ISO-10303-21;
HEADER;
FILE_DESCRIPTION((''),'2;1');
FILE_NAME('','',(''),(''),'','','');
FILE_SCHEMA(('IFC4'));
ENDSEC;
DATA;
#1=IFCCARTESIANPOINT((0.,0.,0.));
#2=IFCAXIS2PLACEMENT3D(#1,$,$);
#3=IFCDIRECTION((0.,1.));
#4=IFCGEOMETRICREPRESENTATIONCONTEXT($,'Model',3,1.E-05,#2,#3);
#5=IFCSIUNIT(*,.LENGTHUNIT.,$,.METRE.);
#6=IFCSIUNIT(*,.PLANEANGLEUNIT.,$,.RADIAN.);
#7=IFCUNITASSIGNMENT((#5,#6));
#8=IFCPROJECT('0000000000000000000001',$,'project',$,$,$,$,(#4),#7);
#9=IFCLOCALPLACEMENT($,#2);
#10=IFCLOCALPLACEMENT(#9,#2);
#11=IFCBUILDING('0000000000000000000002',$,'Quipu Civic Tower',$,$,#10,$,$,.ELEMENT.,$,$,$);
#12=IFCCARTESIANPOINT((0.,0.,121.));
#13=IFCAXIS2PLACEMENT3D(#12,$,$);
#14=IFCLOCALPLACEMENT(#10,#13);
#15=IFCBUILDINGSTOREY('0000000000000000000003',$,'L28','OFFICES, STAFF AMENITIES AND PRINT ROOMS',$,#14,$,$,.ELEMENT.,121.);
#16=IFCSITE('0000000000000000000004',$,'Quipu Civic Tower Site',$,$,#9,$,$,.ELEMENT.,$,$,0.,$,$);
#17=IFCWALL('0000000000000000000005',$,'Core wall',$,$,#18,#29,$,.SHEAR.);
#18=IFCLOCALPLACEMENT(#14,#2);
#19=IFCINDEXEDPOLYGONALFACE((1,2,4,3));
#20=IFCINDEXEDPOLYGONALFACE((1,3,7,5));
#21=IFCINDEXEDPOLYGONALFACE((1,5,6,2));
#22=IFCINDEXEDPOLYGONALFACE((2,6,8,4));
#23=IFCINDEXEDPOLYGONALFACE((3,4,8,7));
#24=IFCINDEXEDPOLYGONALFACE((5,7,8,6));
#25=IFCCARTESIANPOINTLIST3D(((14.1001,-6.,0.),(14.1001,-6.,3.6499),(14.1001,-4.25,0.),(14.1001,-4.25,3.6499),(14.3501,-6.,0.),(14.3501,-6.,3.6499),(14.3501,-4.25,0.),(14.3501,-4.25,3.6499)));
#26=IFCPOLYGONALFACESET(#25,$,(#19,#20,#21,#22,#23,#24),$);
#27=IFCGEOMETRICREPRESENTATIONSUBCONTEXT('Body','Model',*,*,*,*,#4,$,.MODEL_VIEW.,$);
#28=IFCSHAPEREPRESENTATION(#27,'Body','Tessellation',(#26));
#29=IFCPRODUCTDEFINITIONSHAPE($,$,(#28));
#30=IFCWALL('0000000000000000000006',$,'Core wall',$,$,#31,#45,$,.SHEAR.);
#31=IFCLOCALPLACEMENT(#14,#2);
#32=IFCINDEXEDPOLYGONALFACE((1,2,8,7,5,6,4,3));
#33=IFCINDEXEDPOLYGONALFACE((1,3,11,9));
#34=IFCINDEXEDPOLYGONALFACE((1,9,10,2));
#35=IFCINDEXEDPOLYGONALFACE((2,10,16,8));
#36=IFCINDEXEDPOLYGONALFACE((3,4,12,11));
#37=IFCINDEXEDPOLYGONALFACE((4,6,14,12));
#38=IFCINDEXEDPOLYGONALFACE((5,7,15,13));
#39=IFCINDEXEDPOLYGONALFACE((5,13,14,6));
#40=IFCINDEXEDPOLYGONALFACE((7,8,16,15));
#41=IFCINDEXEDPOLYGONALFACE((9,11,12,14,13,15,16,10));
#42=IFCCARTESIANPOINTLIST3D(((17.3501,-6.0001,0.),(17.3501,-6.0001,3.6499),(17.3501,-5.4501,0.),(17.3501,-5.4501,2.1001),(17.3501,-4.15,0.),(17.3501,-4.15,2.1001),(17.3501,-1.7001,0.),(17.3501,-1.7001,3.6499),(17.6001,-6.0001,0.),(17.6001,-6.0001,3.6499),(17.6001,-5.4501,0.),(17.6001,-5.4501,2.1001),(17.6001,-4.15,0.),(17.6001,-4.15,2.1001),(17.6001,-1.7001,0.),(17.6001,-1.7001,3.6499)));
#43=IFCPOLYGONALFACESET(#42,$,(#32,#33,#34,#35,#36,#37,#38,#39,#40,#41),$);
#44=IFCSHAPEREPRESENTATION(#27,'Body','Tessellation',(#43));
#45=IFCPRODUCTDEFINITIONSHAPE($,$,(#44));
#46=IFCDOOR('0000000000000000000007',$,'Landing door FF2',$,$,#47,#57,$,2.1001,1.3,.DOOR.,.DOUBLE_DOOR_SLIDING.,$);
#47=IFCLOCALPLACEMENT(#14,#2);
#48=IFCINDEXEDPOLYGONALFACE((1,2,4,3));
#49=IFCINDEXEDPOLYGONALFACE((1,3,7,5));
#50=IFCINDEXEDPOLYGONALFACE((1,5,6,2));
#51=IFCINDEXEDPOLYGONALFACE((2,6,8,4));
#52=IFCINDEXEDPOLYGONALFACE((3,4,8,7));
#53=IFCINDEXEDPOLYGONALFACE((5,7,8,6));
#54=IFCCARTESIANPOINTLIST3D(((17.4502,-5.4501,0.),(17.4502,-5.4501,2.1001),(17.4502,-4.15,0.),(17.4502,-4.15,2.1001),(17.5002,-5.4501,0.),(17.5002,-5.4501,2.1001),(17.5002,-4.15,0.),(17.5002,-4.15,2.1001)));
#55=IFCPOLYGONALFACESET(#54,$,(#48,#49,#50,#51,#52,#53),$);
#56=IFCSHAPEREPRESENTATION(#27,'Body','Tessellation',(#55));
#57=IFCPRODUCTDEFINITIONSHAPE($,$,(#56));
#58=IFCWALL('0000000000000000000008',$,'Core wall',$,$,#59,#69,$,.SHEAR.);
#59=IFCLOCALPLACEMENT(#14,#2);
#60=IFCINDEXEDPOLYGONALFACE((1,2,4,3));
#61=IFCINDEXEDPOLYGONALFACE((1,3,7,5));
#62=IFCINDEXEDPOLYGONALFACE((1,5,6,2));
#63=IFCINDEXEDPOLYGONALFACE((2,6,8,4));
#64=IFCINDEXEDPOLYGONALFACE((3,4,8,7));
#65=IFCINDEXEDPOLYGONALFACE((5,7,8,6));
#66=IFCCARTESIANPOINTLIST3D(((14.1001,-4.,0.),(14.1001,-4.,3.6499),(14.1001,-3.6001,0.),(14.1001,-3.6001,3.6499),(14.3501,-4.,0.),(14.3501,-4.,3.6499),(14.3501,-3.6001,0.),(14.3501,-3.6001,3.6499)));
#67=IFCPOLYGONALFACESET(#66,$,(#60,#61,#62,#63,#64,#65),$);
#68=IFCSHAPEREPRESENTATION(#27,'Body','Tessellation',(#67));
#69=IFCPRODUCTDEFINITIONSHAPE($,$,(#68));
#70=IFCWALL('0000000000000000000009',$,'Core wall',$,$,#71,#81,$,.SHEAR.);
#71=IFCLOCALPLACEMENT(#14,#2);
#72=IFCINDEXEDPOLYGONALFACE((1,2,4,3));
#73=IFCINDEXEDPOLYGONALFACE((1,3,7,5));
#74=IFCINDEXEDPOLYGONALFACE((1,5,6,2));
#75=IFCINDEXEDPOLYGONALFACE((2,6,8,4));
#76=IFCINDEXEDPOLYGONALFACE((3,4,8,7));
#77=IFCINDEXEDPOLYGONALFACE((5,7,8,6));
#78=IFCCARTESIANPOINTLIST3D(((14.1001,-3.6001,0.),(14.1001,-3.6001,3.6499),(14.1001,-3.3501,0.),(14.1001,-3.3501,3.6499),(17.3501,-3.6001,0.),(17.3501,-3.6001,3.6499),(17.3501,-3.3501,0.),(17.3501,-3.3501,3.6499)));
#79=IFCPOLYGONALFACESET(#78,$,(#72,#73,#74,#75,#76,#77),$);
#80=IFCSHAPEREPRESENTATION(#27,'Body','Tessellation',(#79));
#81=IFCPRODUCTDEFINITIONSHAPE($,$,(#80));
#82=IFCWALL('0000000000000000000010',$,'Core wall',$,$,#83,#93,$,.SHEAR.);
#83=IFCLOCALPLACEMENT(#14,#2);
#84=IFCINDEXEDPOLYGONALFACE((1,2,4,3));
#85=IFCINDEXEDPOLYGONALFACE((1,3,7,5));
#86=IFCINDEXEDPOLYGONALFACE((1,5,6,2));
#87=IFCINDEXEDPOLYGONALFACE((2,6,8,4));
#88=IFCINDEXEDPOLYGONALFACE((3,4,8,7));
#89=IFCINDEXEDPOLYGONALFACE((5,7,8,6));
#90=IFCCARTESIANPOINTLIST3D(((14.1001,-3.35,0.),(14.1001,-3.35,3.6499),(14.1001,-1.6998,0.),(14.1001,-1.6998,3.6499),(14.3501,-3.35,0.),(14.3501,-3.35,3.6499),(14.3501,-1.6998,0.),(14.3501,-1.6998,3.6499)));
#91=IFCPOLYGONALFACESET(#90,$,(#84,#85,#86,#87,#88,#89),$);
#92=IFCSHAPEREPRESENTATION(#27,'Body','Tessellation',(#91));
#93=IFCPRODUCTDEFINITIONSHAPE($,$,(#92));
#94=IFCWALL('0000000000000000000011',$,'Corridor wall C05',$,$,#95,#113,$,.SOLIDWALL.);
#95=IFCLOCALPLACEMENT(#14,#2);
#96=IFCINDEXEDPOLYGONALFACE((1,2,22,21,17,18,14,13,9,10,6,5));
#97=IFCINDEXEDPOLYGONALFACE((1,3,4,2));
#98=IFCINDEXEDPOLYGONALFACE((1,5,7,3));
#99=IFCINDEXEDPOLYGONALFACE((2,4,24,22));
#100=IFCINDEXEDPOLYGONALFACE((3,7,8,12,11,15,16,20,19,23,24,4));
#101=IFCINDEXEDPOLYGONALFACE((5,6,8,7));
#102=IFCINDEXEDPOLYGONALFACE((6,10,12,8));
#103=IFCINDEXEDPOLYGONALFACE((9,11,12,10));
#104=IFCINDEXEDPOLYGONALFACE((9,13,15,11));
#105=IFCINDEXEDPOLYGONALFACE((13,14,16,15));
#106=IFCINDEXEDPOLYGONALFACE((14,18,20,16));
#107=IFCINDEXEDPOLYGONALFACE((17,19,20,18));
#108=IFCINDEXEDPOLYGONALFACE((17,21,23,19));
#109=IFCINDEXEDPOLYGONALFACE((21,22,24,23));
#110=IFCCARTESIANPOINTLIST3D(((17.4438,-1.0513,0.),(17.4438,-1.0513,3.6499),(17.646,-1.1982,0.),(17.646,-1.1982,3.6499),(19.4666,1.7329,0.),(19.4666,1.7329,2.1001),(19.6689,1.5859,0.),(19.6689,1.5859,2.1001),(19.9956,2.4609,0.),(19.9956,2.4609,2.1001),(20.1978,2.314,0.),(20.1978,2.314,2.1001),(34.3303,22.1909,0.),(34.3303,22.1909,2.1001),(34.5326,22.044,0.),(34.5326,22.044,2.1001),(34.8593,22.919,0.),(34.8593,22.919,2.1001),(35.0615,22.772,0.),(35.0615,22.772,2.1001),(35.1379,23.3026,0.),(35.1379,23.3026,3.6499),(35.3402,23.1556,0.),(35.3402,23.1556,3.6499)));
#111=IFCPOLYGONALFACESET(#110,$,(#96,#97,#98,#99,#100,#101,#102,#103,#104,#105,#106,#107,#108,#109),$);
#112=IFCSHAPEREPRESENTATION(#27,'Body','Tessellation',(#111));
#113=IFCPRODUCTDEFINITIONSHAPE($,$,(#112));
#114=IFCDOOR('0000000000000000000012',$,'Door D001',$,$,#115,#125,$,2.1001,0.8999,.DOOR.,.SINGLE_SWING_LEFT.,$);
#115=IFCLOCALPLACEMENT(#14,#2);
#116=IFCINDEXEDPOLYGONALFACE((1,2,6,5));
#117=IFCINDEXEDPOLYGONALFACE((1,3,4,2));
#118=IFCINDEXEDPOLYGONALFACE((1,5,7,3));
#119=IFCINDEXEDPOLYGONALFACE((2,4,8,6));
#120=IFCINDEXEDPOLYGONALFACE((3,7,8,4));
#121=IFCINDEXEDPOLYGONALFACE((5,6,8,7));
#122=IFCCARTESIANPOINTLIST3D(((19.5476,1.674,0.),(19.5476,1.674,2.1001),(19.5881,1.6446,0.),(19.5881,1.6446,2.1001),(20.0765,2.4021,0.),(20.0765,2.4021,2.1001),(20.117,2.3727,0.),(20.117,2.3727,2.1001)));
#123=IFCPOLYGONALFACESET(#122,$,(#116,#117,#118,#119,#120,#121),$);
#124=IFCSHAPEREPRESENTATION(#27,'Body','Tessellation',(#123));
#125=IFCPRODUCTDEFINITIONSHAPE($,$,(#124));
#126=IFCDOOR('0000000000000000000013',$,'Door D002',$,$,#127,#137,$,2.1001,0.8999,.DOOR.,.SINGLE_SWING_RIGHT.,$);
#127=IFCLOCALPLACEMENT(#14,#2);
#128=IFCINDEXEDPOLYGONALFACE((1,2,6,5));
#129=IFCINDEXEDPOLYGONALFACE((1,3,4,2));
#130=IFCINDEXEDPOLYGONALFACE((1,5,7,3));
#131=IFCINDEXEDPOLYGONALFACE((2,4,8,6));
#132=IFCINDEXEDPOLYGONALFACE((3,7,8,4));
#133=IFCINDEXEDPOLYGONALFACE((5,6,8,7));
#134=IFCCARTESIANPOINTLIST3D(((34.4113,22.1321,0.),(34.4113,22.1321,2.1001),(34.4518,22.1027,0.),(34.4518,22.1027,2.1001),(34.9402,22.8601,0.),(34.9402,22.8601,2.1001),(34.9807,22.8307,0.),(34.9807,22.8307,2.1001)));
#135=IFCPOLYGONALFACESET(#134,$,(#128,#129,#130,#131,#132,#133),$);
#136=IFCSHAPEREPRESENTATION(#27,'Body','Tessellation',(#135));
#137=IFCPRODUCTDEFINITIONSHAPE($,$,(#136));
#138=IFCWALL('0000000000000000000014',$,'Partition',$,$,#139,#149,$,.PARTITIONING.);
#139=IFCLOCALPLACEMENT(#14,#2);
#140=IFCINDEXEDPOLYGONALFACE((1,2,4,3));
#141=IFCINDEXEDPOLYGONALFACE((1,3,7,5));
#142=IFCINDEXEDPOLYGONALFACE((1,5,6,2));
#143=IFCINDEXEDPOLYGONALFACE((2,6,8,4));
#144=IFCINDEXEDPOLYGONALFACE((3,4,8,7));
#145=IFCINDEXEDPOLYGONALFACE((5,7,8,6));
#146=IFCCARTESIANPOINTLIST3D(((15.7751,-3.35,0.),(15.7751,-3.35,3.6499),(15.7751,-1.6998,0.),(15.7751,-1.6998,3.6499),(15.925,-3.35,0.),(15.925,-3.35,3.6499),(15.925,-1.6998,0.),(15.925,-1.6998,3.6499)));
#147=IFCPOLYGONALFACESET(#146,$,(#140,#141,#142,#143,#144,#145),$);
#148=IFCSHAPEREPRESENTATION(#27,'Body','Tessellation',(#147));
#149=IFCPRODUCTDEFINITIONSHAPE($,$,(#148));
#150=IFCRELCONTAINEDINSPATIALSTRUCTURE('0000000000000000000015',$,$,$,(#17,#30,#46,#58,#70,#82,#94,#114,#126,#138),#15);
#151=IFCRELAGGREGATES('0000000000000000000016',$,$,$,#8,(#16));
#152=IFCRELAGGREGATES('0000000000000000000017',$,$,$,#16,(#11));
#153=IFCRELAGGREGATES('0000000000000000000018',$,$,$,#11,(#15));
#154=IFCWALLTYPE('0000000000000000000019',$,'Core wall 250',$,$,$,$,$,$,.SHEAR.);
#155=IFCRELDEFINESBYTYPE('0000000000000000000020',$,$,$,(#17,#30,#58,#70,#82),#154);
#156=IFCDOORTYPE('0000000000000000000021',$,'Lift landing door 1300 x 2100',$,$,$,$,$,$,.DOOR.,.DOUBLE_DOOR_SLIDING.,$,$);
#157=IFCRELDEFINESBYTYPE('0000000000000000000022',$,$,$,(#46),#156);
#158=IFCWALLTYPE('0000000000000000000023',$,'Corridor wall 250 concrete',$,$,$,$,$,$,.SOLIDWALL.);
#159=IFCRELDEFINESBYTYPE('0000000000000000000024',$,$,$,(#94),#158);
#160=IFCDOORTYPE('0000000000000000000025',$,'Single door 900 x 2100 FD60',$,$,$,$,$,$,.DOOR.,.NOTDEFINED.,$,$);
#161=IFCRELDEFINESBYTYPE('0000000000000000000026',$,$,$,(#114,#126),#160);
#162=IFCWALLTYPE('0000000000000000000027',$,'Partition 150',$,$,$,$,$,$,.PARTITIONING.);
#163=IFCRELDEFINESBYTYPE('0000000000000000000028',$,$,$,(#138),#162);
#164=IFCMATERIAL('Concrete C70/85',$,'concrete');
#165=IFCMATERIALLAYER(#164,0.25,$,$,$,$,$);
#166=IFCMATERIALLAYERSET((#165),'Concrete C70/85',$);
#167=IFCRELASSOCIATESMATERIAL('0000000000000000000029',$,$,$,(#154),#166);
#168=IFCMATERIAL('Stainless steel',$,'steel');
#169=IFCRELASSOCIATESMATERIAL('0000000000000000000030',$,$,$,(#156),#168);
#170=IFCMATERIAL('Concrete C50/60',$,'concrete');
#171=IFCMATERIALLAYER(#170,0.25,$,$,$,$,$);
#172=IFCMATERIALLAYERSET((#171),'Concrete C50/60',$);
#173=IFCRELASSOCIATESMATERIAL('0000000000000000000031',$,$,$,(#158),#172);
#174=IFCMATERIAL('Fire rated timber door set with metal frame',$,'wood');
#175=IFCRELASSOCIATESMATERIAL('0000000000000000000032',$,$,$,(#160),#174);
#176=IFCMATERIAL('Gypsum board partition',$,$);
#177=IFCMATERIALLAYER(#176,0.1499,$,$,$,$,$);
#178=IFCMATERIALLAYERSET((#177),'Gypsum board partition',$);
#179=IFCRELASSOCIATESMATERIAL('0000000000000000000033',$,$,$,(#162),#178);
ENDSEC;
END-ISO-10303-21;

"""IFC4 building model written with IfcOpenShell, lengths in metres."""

from ifc_helpers import new_model, si_unit, direction, frame, frame_2d, origin, place, context, subcontext, project, spatial, rectangle, extrude, material, layer, layer_set, type_object, element, fill, save


model = new_model("IFC4")

# Units and contexts
model_context = context("Model", 3, precision=1e-05, world=origin(), true_north=direction((0.0, 1.0)))
body_context = subcontext(model_context, "Body", "Model", "MODEL_VIEW")
ifc_project = project(units=[si_unit("LENGTHUNIT", "METRE"), si_unit("PLANEANGLEUNIT", "RADIAN")], contexts=[model_context])

# Site, building, storey
site_placement = place(None, origin())
site = spatial("IfcSite", under=ifc_project, at=site_placement, Name="Quipu Civic Tower Site", CompositionType="ELEMENT", RefElevation=0.0)
building_placement = place(site_placement, origin())
building = spatial("IfcBuilding", under=site, at=building_placement, Name="Quipu Civic Tower", CompositionType="ELEMENT")
storey_placement = place(building_placement, frame((0.0, 0.0, 121.0)))
storey = spatial("IfcBuildingStorey", under=building, at=storey_placement, Name="L28", Description="OFFICES, STAFF AMENITIES AND PRINT ROOMS", CompositionType="ELEMENT", Elevation=121.0)

# Shared definitions
ifc_material_1 = material(Name="Concrete C70/85", Category="concrete")
ifc_layer_1 = layer(ifc_material_1, 0.25)
ifc_layer_set_1 = layer_set([ifc_layer_1], Name="Concrete C70/85")
wall_type_1 = type_object("IfcWallType", Name="Core wall 250", PredefinedType="SHEAR", material=ifc_layer_set_1)

# Wall
wall_1_placement = place(storey_placement, frame((14.2251, -6.0, 0.0), z_axis=(0.0, 0.0, 1.0), x_axis=(0.0, 1.0, 0.0)))
element("IfcWall", 1, at=wall_1_placement, inside=storey, type_object=wall_type_1, Name="Core wall", PredefinedType="SHEAR", context=body_context, shape_type="SweptSolid", body=[
    extrude(rectangle(XDim=1.75, YDim=0.25, at=frame_2d((0.875, 0.0))), origin(), (0.0, 0.0, 1.0), 3.6499),
])

# Wall, opening, door
wall_2_placement = place(storey_placement, frame((17.4751, -6.0, 0.0), z_axis=(0.0, 0.0, 1.0), x_axis=(0.0, 1.0, 0.0)))
wall_2 = element("IfcWall", 2, at=wall_2_placement, inside=storey, type_object=wall_type_1, Name="Core wall", PredefinedType="SHEAR", context=body_context, shape_type="SweptSolid", body=[
    extrude(rectangle(XDim=4.3, YDim=0.25, at=frame_2d((2.1499, 0.0))), origin(), (0.0, 0.0, 1.0), 3.6499),
])
opening_1_placement = place(wall_2_placement, frame((0.55, 0.0, 0.0)))
opening_1 = element("IfcOpeningElement", 3, at=opening_1_placement, cuts=wall_2, PredefinedType="OPENING", context=body_context, shape_type="SweptSolid", body=[
    extrude(rectangle(XDim=1.3, YDim=2.1001, at=frame_2d((0.6499, 1.05))), frame((0.0, 0.135, 0.0), z_axis=(0.0, -1.0, 0.0), x_axis=(1.0, 0.0, 0.0)), (0.0, 0.0, 1.0), 0.27),
])
ifc_material_2 = material(Name="Stainless steel", Category="steel")
door_type_1 = type_object("IfcDoorType", Name="Lift landing door 1300 x 2100", OperationType="DOUBLE_DOOR_SLIDING", PredefinedType="DOOR", material=ifc_material_2)
door_1_placement = place(opening_1_placement, origin())
door_1 = element("IfcDoor", 4, at=door_1_placement, inside=storey, type_object=door_type_1, Name="Landing door FF2", OperationType="DOUBLE_DOOR_SLIDING", OverallHeight=2.1001, OverallWidth=1.3, PredefinedType="DOOR", context=body_context, shape_type="SweptSolid", body=[
    extrude(rectangle(XDim=1.3, YDim=2.1001, at=frame_2d((0.6499, 1.05))), frame((0.0, 0.0249, 0.0), z_axis=(0.0, -1.0, 0.0), x_axis=(1.0, 0.0, 0.0)), (0.0, 0.0, 1.0), 0.05),
])
fill(opening_1, door_1)

# Walls
wall_3_placement = place(storey_placement, frame((14.2251, -4.0, 0.0), z_axis=(0.0, 0.0, 1.0), x_axis=(0.0, 1.0, 0.0)))
element("IfcWall", 5, at=wall_3_placement, inside=storey, type_object=wall_type_1, Name="Core wall", PredefinedType="SHEAR", context=body_context, shape_type="SweptSolid", body=[
    extrude(rectangle(XDim=0.3999, YDim=0.25, at=frame_2d((0.2, 0.0))), origin(), (0.0, 0.0, 1.0), 3.6499),
])
wall_4_placement = place(storey_placement, frame((14.1001, -3.4751, 0.0), z_axis=(0.0, 0.0, 1.0), x_axis=(1.0, 0.0, 0.0)))
element("IfcWall", 6, at=wall_4_placement, inside=storey, type_object=wall_type_1, Name="Core wall", PredefinedType="SHEAR", context=body_context, shape_type="SweptSolid", body=[
    extrude(rectangle(XDim=3.25, YDim=0.25, at=frame_2d((1.625, 0.0))), origin(), (0.0, 0.0, 1.0), 3.6499),
])
wall_5_placement = place(storey_placement, frame((14.2251, -3.3501, 0.0), z_axis=(0.0, 0.0, 1.0), x_axis=(0.0, 1.0, 0.0)))
element("IfcWall", 7, at=wall_5_placement, inside=storey, type_object=wall_type_1, Name="Core wall", PredefinedType="SHEAR", context=body_context, shape_type="SweptSolid", body=[
    extrude(rectangle(XDim=1.6501, YDim=0.25, at=frame_2d((0.8252, 0.0))), origin(), (0.0, 0.0, 1.0), 3.6499),
])

# Wall, openings, doors
ifc_material_3 = material(Name="Concrete C50/60", Category="concrete")
ifc_layer_2 = layer(ifc_material_3, 0.25)
ifc_layer_set_2 = layer_set([ifc_layer_2], Name="Concrete C50/60")
wall_type_2 = type_object("IfcWallType", Name="Corridor wall 250 concrete", PredefinedType="SOLIDWALL", material=ifc_layer_set_2)
wall_6_placement = place(storey_placement, frame((17.5449, -1.1248, 0.0), z_axis=(0.0, 0.0, 1.0), x_axis=(0.587786, 0.809016, 0.0)))
wall_6 = element("IfcWall", 8, at=wall_6_placement, inside=storey, type_object=wall_type_2, Name="Corridor wall C05", PredefinedType="SOLIDWALL", context=body_context, shape_type="SweptSolid", body=[
    extrude(rectangle(XDim=30.103, YDim=0.25, at=frame_2d((15.0515, 0.0))), origin(), (0.0, 0.0, 1.0), 3.6499),
])
opening_2_placement = place(wall_6_placement, frame((3.4414, 0.0, 0.0)))
opening_2 = element("IfcOpeningElement", 9, at=opening_2_placement, cuts=wall_6, PredefinedType="OPENING", context=body_context, shape_type="SweptSolid", body=[
    extrude(rectangle(XDim=0.8999, YDim=2.1001, at=frame_2d((0.45, 1.05))), frame((0.0, 0.135, 0.0), z_axis=(0.0, -1.0, 0.0), x_axis=(1.0, 0.0, 0.0)), (0.0, 0.0, 1.0), 0.27),
])
opening_3_placement = place(wall_6_placement, frame((28.729, 0.0, 0.0)))
opening_3 = element("IfcOpeningElement", 10, at=opening_3_placement, cuts=wall_6, PredefinedType="OPENING", context=body_context, shape_type="SweptSolid", body=[
    extrude(rectangle(XDim=0.8999, YDim=2.1001, at=frame_2d((0.45, 1.05))), frame((0.0, 0.135, 0.0), z_axis=(0.0, -1.0, 0.0), x_axis=(1.0, 0.0, 0.0)), (0.0, 0.0, 1.0), 0.27),
])
ifc_material_4 = material(Name="Fire rated timber door set with metal frame", Category="wood")
door_type_2 = type_object("IfcDoorType", Name="Single door 900 x 2100 FD60", OperationType="NOTDEFINED", PredefinedType="DOOR", material=ifc_material_4)
door_2_placement = place(opening_2_placement, origin())
door_2 = element("IfcDoor", 11, at=door_2_placement, inside=storey, type_object=door_type_2, Name="Door D001", OperationType="SINGLE_SWING_LEFT", OverallHeight=2.1001, OverallWidth=0.8999, PredefinedType="DOOR", context=body_context, shape_type="SweptSolid", body=[
    extrude(rectangle(XDim=0.8999, YDim=2.1001, at=frame_2d((0.45, 1.05))), frame((0.0, 0.0249, 0.0), z_axis=(0.0, -1.0, 0.0), x_axis=(1.0, 0.0, 0.0)), (0.0, 0.0, 1.0), 0.05),
])
fill(opening_2, door_2)
door_3_placement = place(opening_3_placement, origin())
door_3 = element("IfcDoor", 12, at=door_3_placement, inside=storey, type_object=door_type_2, Name="Door D002", OperationType="SINGLE_SWING_RIGHT", OverallHeight=2.1001, OverallWidth=0.8999, PredefinedType="DOOR", context=body_context, shape_type="SweptSolid", body=[
    extrude(rectangle(XDim=0.8999, YDim=2.1001, at=frame_2d((0.45, 1.05))), frame((0.0, 0.0249, 0.0), z_axis=(0.0, -1.0, 0.0), x_axis=(1.0, 0.0, 0.0)), (0.0, 0.0, 1.0), 0.05),
])
fill(opening_3, door_3)

# Wall
ifc_material_5 = material(Name="Gypsum board partition")
ifc_layer_3 = layer(ifc_material_5, 0.1499)
ifc_layer_set_3 = layer_set([ifc_layer_3], Name="Gypsum board partition")
wall_type_3 = type_object("IfcWallType", Name="Partition 150", PredefinedType="PARTITIONING", material=ifc_layer_set_3)
wall_7_placement = place(storey_placement, frame((15.8501, -3.3501, 0.0), z_axis=(0.0, 0.0, 1.0), x_axis=(0.0, 1.0, 0.0)))
element("IfcWall", 13, at=wall_7_placement, inside=storey, type_object=wall_type_3, Name="Partition", PredefinedType="PARTITIONING", context=body_context, shape_type="SweptSolid", body=[
    extrude(rectangle(XDim=1.6501, YDim=0.1499, at=frame_2d((0.8252, 0.0))), origin(), (0.0, 0.0, 1.0), 3.6499),
])

save(model, "model.ifc")
